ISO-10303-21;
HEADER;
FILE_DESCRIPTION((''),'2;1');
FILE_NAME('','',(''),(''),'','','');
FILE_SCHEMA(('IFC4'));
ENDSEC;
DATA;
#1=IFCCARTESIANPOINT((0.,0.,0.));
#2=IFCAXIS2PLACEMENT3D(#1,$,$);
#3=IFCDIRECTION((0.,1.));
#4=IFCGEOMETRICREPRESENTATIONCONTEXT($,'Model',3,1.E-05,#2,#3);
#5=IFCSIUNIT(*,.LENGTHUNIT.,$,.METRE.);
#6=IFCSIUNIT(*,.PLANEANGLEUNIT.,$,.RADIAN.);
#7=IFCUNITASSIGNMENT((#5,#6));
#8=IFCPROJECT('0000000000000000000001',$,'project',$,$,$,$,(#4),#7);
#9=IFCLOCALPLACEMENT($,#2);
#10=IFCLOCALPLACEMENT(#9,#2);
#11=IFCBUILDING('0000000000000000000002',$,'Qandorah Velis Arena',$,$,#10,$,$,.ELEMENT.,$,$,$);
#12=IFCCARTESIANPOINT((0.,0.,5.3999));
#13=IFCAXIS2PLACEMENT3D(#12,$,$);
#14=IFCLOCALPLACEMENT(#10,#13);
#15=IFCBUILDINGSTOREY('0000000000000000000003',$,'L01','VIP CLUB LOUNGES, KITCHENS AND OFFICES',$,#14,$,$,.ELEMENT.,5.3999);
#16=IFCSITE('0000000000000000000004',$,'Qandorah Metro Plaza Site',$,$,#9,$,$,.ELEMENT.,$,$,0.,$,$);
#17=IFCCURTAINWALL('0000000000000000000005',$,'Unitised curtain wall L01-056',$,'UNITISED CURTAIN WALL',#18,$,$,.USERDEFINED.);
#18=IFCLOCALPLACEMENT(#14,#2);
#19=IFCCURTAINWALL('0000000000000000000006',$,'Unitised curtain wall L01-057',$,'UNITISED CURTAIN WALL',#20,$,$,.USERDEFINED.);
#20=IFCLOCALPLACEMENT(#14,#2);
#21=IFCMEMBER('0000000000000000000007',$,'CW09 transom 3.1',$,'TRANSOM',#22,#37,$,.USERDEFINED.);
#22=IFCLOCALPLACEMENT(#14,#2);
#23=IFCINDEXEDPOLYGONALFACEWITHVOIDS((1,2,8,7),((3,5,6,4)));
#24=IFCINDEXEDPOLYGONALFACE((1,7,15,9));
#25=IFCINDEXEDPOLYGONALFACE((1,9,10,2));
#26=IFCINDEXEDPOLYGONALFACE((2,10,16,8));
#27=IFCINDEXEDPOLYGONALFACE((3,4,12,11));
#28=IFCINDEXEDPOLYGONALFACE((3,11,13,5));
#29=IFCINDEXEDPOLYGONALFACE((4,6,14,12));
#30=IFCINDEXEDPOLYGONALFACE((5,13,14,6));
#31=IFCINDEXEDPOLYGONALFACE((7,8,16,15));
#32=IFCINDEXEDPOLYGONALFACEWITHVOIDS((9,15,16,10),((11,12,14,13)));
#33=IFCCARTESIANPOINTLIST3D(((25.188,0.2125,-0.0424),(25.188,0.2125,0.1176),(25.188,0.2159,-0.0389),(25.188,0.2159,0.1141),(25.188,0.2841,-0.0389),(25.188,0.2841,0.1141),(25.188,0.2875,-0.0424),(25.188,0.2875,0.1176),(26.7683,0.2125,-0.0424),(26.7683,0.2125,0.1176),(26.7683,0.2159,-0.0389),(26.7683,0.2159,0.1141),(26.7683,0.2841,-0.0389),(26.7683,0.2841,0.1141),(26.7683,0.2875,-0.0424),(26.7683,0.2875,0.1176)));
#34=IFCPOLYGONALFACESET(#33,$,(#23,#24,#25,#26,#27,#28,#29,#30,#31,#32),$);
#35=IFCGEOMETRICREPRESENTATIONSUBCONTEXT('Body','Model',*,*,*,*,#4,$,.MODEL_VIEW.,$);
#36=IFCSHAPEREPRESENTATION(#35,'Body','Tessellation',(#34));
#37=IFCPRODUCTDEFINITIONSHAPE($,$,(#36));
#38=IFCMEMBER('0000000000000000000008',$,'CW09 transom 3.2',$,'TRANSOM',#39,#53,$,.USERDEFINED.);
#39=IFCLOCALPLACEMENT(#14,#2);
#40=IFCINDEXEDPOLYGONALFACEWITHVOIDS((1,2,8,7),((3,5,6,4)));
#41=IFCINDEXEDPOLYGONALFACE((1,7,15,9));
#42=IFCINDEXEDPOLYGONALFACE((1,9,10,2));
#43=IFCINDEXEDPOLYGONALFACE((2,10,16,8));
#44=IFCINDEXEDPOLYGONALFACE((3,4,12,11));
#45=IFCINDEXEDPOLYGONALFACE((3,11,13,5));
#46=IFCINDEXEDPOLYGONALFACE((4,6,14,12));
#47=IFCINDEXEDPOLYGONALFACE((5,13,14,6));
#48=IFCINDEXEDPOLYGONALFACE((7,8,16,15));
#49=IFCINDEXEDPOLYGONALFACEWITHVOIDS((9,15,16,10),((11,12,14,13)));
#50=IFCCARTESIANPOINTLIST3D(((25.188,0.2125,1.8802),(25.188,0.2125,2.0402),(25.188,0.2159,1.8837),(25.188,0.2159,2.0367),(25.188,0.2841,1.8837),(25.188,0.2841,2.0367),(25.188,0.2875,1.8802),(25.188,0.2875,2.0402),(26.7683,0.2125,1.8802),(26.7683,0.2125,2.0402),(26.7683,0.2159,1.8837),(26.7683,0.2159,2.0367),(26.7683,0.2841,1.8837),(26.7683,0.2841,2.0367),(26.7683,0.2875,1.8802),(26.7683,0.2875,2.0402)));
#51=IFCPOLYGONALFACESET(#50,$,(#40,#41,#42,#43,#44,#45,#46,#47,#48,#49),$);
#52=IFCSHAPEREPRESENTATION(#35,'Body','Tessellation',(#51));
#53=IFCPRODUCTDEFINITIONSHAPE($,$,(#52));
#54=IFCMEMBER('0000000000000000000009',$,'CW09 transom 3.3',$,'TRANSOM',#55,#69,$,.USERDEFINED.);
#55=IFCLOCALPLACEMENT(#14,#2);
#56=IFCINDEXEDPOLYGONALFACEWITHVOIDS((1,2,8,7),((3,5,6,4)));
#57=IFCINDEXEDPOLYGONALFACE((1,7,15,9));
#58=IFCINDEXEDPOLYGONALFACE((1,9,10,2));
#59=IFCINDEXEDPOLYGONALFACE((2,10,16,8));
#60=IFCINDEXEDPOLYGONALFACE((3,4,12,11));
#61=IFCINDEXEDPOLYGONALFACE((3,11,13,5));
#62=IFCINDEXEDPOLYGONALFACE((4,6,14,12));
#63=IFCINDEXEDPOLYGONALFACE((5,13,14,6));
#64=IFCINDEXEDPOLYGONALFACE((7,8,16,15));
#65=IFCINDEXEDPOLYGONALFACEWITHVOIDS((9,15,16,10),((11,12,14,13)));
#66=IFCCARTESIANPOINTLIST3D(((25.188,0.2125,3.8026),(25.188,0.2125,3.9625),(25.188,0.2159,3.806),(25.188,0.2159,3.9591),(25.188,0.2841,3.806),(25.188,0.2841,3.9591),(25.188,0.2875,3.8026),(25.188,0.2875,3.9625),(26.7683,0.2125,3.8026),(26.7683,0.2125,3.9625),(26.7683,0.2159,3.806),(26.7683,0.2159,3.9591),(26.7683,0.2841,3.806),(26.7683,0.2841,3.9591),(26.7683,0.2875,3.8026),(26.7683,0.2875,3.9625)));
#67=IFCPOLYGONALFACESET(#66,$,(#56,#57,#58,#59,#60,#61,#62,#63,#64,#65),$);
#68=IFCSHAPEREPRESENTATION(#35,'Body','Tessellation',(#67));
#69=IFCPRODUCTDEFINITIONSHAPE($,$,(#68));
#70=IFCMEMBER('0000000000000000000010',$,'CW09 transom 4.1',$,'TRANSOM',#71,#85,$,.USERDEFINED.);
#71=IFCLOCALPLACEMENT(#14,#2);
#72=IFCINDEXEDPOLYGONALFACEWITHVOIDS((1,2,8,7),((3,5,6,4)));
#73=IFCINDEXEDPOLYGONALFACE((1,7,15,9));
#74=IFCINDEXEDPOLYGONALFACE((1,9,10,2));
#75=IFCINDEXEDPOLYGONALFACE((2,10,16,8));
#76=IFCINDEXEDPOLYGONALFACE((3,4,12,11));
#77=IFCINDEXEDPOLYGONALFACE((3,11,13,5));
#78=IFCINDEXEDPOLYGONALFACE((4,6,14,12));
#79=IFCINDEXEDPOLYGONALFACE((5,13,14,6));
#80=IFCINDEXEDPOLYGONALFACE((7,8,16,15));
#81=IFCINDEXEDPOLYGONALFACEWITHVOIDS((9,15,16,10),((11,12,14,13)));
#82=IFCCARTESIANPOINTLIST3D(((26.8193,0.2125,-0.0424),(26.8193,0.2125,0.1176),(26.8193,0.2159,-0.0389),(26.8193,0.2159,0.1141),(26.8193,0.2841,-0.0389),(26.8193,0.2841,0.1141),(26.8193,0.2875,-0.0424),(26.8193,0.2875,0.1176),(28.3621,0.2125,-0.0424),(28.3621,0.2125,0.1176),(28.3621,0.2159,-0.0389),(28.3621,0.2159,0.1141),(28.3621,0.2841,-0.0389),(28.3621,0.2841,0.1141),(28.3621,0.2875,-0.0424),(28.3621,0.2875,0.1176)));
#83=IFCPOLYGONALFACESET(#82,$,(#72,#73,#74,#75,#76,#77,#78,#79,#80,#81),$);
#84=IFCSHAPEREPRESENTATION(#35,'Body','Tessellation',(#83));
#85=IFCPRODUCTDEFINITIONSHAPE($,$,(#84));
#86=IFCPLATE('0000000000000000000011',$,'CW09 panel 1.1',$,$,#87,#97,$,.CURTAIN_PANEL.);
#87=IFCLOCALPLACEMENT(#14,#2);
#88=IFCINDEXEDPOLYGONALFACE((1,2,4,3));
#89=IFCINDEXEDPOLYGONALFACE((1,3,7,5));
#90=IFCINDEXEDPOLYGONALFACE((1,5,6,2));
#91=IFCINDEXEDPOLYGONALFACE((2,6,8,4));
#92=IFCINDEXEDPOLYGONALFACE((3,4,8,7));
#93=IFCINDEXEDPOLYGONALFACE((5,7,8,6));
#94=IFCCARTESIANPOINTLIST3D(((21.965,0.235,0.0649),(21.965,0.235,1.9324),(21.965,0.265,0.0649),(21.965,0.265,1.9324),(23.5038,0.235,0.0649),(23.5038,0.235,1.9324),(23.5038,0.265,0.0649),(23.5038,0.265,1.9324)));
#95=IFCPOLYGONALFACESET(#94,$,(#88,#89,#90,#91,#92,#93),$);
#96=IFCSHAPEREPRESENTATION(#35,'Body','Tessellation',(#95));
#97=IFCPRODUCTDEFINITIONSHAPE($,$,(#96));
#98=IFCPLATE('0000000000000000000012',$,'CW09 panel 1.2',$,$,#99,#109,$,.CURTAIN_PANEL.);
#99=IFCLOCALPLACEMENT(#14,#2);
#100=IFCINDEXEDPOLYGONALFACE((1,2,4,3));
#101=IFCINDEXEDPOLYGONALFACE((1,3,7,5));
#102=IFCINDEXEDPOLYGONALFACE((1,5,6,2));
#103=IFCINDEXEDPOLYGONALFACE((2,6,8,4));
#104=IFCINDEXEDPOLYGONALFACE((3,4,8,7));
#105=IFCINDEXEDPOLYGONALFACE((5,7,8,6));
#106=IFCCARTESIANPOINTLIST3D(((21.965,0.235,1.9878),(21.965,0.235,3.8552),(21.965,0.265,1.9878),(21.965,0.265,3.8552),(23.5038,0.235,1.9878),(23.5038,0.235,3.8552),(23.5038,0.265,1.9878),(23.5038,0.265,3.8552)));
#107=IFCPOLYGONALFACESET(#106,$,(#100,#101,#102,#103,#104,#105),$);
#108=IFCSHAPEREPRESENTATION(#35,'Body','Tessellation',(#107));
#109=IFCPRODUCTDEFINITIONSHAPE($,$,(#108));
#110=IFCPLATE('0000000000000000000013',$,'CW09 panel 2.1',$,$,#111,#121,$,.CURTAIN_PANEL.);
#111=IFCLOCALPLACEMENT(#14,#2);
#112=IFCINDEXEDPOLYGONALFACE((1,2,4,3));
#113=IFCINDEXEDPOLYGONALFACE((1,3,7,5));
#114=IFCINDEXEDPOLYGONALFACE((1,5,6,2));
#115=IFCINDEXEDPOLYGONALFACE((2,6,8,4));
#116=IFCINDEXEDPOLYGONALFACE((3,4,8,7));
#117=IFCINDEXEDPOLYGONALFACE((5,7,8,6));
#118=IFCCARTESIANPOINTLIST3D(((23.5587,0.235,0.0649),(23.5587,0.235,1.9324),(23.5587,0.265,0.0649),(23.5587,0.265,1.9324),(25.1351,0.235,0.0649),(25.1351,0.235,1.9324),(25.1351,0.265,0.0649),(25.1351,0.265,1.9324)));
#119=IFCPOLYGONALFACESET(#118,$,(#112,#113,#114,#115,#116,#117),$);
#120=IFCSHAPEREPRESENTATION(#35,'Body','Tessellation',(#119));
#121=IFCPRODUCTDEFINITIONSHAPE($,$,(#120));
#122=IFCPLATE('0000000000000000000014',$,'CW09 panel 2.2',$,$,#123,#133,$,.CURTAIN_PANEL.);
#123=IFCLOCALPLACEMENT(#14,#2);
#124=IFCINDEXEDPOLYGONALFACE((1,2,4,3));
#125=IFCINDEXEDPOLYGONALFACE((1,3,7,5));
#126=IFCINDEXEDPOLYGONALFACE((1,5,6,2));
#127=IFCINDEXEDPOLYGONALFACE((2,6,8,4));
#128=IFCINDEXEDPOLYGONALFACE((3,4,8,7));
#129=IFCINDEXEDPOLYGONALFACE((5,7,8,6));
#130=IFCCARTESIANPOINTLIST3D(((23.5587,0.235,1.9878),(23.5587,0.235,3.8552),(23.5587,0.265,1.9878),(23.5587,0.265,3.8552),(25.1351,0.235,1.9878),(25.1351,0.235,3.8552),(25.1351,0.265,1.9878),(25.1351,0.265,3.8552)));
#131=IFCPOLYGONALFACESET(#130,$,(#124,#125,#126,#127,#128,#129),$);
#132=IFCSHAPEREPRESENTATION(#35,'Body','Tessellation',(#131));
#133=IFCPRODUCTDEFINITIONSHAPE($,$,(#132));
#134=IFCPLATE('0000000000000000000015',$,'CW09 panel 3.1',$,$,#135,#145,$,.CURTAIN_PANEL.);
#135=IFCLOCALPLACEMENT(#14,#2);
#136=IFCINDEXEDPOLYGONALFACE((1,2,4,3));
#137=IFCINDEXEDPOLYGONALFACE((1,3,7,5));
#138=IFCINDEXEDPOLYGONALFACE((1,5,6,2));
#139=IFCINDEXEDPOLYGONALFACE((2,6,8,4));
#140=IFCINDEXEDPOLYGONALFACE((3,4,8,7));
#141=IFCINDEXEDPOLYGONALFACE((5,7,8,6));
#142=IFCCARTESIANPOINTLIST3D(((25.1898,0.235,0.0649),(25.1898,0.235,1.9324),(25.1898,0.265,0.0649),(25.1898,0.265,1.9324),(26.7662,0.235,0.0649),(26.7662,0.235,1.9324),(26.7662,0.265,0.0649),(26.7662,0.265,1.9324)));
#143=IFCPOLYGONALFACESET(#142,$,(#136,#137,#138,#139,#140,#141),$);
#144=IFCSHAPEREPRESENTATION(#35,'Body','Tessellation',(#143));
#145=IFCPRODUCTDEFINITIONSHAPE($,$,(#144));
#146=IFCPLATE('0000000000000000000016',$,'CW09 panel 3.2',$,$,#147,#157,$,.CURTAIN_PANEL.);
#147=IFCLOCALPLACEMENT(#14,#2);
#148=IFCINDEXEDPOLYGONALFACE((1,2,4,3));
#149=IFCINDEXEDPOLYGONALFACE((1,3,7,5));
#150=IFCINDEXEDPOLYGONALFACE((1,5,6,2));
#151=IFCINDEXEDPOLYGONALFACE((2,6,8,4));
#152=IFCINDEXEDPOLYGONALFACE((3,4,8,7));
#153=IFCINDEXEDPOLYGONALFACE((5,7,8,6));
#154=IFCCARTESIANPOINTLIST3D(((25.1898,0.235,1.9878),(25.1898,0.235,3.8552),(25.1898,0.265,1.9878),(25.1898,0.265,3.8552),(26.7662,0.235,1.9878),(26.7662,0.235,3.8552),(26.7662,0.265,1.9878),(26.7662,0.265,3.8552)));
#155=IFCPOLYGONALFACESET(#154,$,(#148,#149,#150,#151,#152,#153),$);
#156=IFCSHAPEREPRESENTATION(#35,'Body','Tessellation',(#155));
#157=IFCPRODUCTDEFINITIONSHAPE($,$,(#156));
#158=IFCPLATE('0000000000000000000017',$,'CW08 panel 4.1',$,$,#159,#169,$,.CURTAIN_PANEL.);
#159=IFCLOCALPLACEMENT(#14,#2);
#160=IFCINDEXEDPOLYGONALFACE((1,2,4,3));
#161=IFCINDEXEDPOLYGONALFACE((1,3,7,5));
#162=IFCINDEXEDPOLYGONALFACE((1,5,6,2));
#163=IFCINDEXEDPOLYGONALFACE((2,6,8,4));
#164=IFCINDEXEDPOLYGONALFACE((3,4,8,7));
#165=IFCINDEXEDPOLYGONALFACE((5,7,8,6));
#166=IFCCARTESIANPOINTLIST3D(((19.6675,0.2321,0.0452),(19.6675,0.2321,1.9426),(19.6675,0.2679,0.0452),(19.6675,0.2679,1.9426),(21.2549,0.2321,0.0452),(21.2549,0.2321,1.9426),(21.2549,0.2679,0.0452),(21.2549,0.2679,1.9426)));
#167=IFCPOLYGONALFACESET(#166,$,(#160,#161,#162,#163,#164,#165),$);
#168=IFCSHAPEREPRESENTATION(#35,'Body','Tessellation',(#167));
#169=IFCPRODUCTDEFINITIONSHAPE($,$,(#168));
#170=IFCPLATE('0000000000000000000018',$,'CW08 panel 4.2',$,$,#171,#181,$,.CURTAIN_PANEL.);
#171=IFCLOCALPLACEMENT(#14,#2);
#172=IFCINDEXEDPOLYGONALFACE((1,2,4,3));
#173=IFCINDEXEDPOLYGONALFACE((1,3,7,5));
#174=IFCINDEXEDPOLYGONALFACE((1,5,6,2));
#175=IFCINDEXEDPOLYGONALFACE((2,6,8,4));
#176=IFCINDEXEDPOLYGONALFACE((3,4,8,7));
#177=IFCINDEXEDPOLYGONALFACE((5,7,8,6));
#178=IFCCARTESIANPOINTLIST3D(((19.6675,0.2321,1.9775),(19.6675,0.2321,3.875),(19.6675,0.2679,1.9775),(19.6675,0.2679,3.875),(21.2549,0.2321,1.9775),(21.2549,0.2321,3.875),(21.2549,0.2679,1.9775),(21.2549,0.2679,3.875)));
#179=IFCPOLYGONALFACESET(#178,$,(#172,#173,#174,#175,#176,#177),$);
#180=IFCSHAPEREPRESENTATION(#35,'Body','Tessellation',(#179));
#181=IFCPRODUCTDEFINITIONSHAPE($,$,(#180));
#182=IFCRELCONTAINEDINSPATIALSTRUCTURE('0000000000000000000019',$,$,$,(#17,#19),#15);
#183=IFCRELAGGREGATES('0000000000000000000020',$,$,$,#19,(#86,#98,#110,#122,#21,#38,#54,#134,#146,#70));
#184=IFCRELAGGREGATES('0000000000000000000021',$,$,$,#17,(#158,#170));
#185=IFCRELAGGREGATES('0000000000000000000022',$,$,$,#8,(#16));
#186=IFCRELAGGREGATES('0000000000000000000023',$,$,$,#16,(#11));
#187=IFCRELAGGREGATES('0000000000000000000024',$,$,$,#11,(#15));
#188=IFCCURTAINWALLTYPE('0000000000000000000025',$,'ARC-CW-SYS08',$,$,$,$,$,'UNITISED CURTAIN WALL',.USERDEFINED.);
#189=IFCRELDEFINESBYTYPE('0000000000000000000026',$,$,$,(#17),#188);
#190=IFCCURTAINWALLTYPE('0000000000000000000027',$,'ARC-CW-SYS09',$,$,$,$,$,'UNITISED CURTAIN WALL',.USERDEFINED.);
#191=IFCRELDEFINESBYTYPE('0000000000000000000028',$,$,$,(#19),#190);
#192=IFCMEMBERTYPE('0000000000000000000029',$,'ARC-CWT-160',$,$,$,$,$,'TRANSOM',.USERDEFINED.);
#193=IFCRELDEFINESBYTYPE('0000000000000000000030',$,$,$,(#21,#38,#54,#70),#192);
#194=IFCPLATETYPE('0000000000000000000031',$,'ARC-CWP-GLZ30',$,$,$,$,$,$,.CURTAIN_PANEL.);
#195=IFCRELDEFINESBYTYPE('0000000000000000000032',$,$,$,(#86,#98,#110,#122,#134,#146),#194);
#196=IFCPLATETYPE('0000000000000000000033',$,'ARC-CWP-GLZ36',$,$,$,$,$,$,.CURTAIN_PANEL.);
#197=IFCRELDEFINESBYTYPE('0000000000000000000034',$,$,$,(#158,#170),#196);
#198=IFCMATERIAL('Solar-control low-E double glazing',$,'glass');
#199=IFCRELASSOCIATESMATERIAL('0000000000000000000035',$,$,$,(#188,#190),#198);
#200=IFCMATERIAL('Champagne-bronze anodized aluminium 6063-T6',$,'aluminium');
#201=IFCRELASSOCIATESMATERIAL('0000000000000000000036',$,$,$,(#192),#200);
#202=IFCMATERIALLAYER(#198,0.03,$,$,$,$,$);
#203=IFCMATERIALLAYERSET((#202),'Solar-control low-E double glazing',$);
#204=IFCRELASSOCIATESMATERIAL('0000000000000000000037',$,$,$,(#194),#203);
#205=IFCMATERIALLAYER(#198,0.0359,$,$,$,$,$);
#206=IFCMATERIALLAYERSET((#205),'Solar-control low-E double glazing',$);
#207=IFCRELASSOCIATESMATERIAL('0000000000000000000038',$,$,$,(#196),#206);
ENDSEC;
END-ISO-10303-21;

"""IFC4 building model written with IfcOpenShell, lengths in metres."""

from ifc_helpers import new_model, si_unit, direction, frame, origin, origin_2d, place, context, subcontext, project, spatial, rectangle, hollow_rectangle, extrude, material, layer, layer_set, material_profile, profile_set, type_object, element, aggregate, save


model = new_model("IFC4")

# Units and contexts
model_context = context("Model", 3, precision=1e-05, world=origin(), true_north=direction((0.0, 1.0)))
body_context = subcontext(model_context, "Body", "Model", "MODEL_VIEW")
ifc_project = project(units=[si_unit("LENGTHUNIT", "METRE"), si_unit("PLANEANGLEUNIT", "RADIAN")], contexts=[model_context])

# Site, building, storey
site_placement = place(None, origin())
site = spatial("IfcSite", under=ifc_project, at=site_placement, Name="Qandorah Metro Plaza Site", CompositionType="ELEMENT", RefElevation=0.0)
building_placement = place(site_placement, origin())
building = spatial("IfcBuilding", under=site, at=building_placement, Name="Qandorah Velis Arena", CompositionType="ELEMENT")
storey_placement = place(building_placement, frame((0.0, 0.0, 5.3999)))
storey = spatial("IfcBuildingStorey", under=building, at=storey_placement, Name="L01", Description="VIP CLUB LOUNGES, KITCHENS AND OFFICES", CompositionType="ELEMENT", Elevation=5.3999)

# Curtain wall
ifc_material_1 = material(Name="Solar-control low-E double glazing", Category="glass")
curtain_wall_type_1 = type_object("IfcCurtainWallType", Name="ARC-CW-SYS08", ElementType="UNITISED CURTAIN WALL", PredefinedType="USERDEFINED", material=ifc_material_1)
curtain_wall_1_placement = place(storey_placement, origin())
curtain_wall_1 = element("IfcCurtainWall", 1, at=curtain_wall_1_placement, inside=storey, type_object=curtain_wall_type_1, Name="Unitised curtain wall L01-056", ObjectType="UNITISED CURTAIN WALL", PredefinedType="USERDEFINED")
ifc_material_2 = material(Name="Champagne-bronze anodized aluminium 6063-T6", Category="aluminium")

# Curtain wall, members, plates
curtain_wall_type_2 = type_object("IfcCurtainWallType", Name="ARC-CW-SYS09", ElementType="UNITISED CURTAIN WALL", PredefinedType="USERDEFINED", material=ifc_material_1)
curtain_wall_2_placement = place(storey_placement, origin())
curtain_wall_2 = element("IfcCurtainWall", 2, at=curtain_wall_2_placement, inside=storey, type_object=curtain_wall_type_2, Name="Unitised curtain wall L01-057", ObjectType="UNITISED CURTAIN WALL", PredefinedType="USERDEFINED")
ifc_material_profile_1 = material_profile(ifc_material_2, hollow_rectangle(XDim=0.075, YDim=0.1599, WallThickness=0.0034, at=origin_2d()), Name="ALU TRANSOM 75x160")
ifc_profile_set_1 = profile_set([ifc_material_profile_1], Name="Champagne-bronze anodized aluminium 6063-T6")
member_type_1 = type_object("IfcMemberType", Name="ARC-CWT-160", ElementType="TRANSOM", PredefinedType="USERDEFINED", material=ifc_profile_set_1)
member_1_placement = place(storey_placement, frame((25.188, 0.25, 0.0376), z_axis=(1.0, 0.0, 0.0), x_axis=(0.0, 1.0, 0.0)))
member_1 = element("IfcMember", 3, at=member_1_placement, type_object=member_type_1, Name="CW09 transom 3.1", ObjectType="TRANSOM", PredefinedType="USERDEFINED", context=body_context, shape_type="SweptSolid", body=[
    extrude(hollow_rectangle(XDim=0.075, YDim=0.1599, WallThickness=0.0034, at=origin_2d()), origin(), (0.0, 0.0, 1.0), 1.5803),
])
member_2_placement = place(storey_placement, frame((25.188, 0.25, 1.9602), z_axis=(1.0, 0.0, 0.0), x_axis=(0.0, 1.0, 0.0)))
member_2 = element("IfcMember", 4, at=member_2_placement, type_object=member_type_1, Name="CW09 transom 3.2", ObjectType="TRANSOM", PredefinedType="USERDEFINED", context=body_context, shape_type="SweptSolid", body=[
    extrude(hollow_rectangle(XDim=0.075, YDim=0.1599, WallThickness=0.0034, at=origin_2d()), origin(), (0.0, 0.0, 1.0), 1.5803),
])
member_3_placement = place(storey_placement, frame((25.188, 0.25, 3.8826), z_axis=(1.0, 0.0, 0.0), x_axis=(0.0, 1.0, 0.0)))
member_3 = element("IfcMember", 5, at=member_3_placement, type_object=member_type_1, Name="CW09 transom 3.3", ObjectType="TRANSOM", PredefinedType="USERDEFINED", context=body_context, shape_type="SweptSolid", body=[
    extrude(hollow_rectangle(XDim=0.075, YDim=0.1599, WallThickness=0.0034, at=origin_2d()), origin(), (0.0, 0.0, 1.0), 1.5803),
])
member_4_placement = place(storey_placement, frame((26.8193, 0.25, 0.0376), z_axis=(1.0, 0.0, 0.0), x_axis=(0.0, 1.0, 0.0)))
member_4 = element("IfcMember", 6, at=member_4_placement, type_object=member_type_1, Name="CW09 transom 4.1", ObjectType="TRANSOM", PredefinedType="USERDEFINED", context=body_context, shape_type="SweptSolid", body=[
    extrude(hollow_rectangle(XDim=0.075, YDim=0.1599, WallThickness=0.0034, at=origin_2d()), origin(), (0.0, 0.0, 1.0), 1.5427),
])
ifc_layer_1 = layer(ifc_material_1, 0.03)
ifc_layer_set_1 = layer_set([ifc_layer_1], Name="Solar-control low-E double glazing")
plate_type_1 = type_object("IfcPlateType", Name="ARC-CWP-GLZ30", PredefinedType="CURTAIN_PANEL", material=ifc_layer_set_1)
plate_1_placement = place(storey_placement, frame((22.7344, 0.25, 0.0649), z_axis=(0.0, 0.0, 1.0), x_axis=(1.0, 0.0, 0.0)))
plate_1 = element("IfcPlate", 7, at=plate_1_placement, type_object=plate_type_1, Name="CW09 panel 1.1", PredefinedType="CURTAIN_PANEL", context=body_context, shape_type="SweptSolid", body=[
    extrude(rectangle(XDim=1.5388, YDim=0.03, at=origin_2d()), origin(), (0.0, 0.0, 1.0), 1.8674),
])
plate_2_placement = place(storey_placement, frame((22.7344, 0.25, 1.9878), z_axis=(0.0, 0.0, 1.0), x_axis=(1.0, 0.0, 0.0)))
plate_2 = element("IfcPlate", 8, at=plate_2_placement, type_object=plate_type_1, Name="CW09 panel 1.2", PredefinedType="CURTAIN_PANEL", context=body_context, shape_type="SweptSolid", body=[
    extrude(rectangle(XDim=1.5388, YDim=0.03, at=origin_2d()), origin(), (0.0, 0.0, 1.0), 1.8674),
])
plate_3_placement = place(storey_placement, frame((24.3469, 0.25, 0.0649), z_axis=(0.0, 0.0, 1.0), x_axis=(1.0, 0.0, 0.0)))
plate_3 = element("IfcPlate", 9, at=plate_3_placement, type_object=plate_type_1, Name="CW09 panel 2.1", PredefinedType="CURTAIN_PANEL", context=body_context, shape_type="SweptSolid", body=[
    extrude(rectangle(XDim=1.5764, YDim=0.03, at=origin_2d()), origin(), (0.0, 0.0, 1.0), 1.8674),
])
plate_4_placement = place(storey_placement, frame((24.3469, 0.25, 1.9878), z_axis=(0.0, 0.0, 1.0), x_axis=(1.0, 0.0, 0.0)))
plate_4 = element("IfcPlate", 10, at=plate_4_placement, type_object=plate_type_1, Name="CW09 panel 2.2", PredefinedType="CURTAIN_PANEL", context=body_context, shape_type="SweptSolid", body=[
    extrude(rectangle(XDim=1.5764, YDim=0.03, at=origin_2d()), origin(), (0.0, 0.0, 1.0), 1.8674),
])
plate_5_placement = place(storey_placement, frame((25.978, 0.25, 0.0649), z_axis=(0.0, 0.0, 1.0), x_axis=(1.0, 0.0, 0.0)))
plate_5 = element("IfcPlate", 11, at=plate_5_placement, type_object=plate_type_1, Name="CW09 panel 3.1", PredefinedType="CURTAIN_PANEL", context=body_context, shape_type="SweptSolid", body=[
    extrude(rectangle(XDim=1.5764, YDim=0.03, at=origin_2d()), origin(), (0.0, 0.0, 1.0), 1.8674),
])
plate_6_placement = place(storey_placement, frame((25.978, 0.25, 1.9878), z_axis=(0.0, 0.0, 1.0), x_axis=(1.0, 0.0, 0.0)))
plate_6 = element("IfcPlate", 12, at=plate_6_placement, type_object=plate_type_1, Name="CW09 panel 3.2", PredefinedType="CURTAIN_PANEL", context=body_context, shape_type="SweptSolid", body=[
    extrude(rectangle(XDim=1.5764, YDim=0.03, at=origin_2d()), origin(), (0.0, 0.0, 1.0), 1.8674),
])
aggregate(curtain_wall_2, [plate_1, plate_2, plate_3, plate_4, member_1, member_2, member_3, plate_5, plate_6, member_4])

# Plates
ifc_layer_2 = layer(ifc_material_1, 0.0359)
ifc_layer_set_2 = layer_set([ifc_layer_2], Name="Solar-control low-E double glazing")
plate_type_2 = type_object("IfcPlateType", Name="ARC-CWP-GLZ36", PredefinedType="CURTAIN_PANEL", material=ifc_layer_set_2)
plate_7_placement = place(storey_placement, frame((20.4612, 0.25, 0.0452), z_axis=(0.0, 0.0, 1.0), x_axis=(1.0, 0.0, 0.0)))
plate_7 = element("IfcPlate", 13, at=plate_7_placement, type_object=plate_type_2, Name="CW08 panel 4.1", PredefinedType="CURTAIN_PANEL", context=body_context, shape_type="SweptSolid", body=[
    extrude(rectangle(XDim=1.5874, YDim=0.0359, at=origin_2d()), origin(), (0.0, 0.0, 1.0), 1.8975),
])
plate_8_placement = place(storey_placement, frame((20.4612, 0.25, 1.9775), z_axis=(0.0, 0.0, 1.0), x_axis=(1.0, 0.0, 0.0)))
plate_8 = element("IfcPlate", 14, at=plate_8_placement, type_object=plate_type_2, Name="CW08 panel 4.2", PredefinedType="CURTAIN_PANEL", context=body_context, shape_type="SweptSolid", body=[
    extrude(rectangle(XDim=1.5874, YDim=0.0359, at=origin_2d()), origin(), (0.0, 0.0, 1.0), 1.8975),
])
aggregate(curtain_wall_1, [plate_7, plate_8])

save(model, "model.ifc")
